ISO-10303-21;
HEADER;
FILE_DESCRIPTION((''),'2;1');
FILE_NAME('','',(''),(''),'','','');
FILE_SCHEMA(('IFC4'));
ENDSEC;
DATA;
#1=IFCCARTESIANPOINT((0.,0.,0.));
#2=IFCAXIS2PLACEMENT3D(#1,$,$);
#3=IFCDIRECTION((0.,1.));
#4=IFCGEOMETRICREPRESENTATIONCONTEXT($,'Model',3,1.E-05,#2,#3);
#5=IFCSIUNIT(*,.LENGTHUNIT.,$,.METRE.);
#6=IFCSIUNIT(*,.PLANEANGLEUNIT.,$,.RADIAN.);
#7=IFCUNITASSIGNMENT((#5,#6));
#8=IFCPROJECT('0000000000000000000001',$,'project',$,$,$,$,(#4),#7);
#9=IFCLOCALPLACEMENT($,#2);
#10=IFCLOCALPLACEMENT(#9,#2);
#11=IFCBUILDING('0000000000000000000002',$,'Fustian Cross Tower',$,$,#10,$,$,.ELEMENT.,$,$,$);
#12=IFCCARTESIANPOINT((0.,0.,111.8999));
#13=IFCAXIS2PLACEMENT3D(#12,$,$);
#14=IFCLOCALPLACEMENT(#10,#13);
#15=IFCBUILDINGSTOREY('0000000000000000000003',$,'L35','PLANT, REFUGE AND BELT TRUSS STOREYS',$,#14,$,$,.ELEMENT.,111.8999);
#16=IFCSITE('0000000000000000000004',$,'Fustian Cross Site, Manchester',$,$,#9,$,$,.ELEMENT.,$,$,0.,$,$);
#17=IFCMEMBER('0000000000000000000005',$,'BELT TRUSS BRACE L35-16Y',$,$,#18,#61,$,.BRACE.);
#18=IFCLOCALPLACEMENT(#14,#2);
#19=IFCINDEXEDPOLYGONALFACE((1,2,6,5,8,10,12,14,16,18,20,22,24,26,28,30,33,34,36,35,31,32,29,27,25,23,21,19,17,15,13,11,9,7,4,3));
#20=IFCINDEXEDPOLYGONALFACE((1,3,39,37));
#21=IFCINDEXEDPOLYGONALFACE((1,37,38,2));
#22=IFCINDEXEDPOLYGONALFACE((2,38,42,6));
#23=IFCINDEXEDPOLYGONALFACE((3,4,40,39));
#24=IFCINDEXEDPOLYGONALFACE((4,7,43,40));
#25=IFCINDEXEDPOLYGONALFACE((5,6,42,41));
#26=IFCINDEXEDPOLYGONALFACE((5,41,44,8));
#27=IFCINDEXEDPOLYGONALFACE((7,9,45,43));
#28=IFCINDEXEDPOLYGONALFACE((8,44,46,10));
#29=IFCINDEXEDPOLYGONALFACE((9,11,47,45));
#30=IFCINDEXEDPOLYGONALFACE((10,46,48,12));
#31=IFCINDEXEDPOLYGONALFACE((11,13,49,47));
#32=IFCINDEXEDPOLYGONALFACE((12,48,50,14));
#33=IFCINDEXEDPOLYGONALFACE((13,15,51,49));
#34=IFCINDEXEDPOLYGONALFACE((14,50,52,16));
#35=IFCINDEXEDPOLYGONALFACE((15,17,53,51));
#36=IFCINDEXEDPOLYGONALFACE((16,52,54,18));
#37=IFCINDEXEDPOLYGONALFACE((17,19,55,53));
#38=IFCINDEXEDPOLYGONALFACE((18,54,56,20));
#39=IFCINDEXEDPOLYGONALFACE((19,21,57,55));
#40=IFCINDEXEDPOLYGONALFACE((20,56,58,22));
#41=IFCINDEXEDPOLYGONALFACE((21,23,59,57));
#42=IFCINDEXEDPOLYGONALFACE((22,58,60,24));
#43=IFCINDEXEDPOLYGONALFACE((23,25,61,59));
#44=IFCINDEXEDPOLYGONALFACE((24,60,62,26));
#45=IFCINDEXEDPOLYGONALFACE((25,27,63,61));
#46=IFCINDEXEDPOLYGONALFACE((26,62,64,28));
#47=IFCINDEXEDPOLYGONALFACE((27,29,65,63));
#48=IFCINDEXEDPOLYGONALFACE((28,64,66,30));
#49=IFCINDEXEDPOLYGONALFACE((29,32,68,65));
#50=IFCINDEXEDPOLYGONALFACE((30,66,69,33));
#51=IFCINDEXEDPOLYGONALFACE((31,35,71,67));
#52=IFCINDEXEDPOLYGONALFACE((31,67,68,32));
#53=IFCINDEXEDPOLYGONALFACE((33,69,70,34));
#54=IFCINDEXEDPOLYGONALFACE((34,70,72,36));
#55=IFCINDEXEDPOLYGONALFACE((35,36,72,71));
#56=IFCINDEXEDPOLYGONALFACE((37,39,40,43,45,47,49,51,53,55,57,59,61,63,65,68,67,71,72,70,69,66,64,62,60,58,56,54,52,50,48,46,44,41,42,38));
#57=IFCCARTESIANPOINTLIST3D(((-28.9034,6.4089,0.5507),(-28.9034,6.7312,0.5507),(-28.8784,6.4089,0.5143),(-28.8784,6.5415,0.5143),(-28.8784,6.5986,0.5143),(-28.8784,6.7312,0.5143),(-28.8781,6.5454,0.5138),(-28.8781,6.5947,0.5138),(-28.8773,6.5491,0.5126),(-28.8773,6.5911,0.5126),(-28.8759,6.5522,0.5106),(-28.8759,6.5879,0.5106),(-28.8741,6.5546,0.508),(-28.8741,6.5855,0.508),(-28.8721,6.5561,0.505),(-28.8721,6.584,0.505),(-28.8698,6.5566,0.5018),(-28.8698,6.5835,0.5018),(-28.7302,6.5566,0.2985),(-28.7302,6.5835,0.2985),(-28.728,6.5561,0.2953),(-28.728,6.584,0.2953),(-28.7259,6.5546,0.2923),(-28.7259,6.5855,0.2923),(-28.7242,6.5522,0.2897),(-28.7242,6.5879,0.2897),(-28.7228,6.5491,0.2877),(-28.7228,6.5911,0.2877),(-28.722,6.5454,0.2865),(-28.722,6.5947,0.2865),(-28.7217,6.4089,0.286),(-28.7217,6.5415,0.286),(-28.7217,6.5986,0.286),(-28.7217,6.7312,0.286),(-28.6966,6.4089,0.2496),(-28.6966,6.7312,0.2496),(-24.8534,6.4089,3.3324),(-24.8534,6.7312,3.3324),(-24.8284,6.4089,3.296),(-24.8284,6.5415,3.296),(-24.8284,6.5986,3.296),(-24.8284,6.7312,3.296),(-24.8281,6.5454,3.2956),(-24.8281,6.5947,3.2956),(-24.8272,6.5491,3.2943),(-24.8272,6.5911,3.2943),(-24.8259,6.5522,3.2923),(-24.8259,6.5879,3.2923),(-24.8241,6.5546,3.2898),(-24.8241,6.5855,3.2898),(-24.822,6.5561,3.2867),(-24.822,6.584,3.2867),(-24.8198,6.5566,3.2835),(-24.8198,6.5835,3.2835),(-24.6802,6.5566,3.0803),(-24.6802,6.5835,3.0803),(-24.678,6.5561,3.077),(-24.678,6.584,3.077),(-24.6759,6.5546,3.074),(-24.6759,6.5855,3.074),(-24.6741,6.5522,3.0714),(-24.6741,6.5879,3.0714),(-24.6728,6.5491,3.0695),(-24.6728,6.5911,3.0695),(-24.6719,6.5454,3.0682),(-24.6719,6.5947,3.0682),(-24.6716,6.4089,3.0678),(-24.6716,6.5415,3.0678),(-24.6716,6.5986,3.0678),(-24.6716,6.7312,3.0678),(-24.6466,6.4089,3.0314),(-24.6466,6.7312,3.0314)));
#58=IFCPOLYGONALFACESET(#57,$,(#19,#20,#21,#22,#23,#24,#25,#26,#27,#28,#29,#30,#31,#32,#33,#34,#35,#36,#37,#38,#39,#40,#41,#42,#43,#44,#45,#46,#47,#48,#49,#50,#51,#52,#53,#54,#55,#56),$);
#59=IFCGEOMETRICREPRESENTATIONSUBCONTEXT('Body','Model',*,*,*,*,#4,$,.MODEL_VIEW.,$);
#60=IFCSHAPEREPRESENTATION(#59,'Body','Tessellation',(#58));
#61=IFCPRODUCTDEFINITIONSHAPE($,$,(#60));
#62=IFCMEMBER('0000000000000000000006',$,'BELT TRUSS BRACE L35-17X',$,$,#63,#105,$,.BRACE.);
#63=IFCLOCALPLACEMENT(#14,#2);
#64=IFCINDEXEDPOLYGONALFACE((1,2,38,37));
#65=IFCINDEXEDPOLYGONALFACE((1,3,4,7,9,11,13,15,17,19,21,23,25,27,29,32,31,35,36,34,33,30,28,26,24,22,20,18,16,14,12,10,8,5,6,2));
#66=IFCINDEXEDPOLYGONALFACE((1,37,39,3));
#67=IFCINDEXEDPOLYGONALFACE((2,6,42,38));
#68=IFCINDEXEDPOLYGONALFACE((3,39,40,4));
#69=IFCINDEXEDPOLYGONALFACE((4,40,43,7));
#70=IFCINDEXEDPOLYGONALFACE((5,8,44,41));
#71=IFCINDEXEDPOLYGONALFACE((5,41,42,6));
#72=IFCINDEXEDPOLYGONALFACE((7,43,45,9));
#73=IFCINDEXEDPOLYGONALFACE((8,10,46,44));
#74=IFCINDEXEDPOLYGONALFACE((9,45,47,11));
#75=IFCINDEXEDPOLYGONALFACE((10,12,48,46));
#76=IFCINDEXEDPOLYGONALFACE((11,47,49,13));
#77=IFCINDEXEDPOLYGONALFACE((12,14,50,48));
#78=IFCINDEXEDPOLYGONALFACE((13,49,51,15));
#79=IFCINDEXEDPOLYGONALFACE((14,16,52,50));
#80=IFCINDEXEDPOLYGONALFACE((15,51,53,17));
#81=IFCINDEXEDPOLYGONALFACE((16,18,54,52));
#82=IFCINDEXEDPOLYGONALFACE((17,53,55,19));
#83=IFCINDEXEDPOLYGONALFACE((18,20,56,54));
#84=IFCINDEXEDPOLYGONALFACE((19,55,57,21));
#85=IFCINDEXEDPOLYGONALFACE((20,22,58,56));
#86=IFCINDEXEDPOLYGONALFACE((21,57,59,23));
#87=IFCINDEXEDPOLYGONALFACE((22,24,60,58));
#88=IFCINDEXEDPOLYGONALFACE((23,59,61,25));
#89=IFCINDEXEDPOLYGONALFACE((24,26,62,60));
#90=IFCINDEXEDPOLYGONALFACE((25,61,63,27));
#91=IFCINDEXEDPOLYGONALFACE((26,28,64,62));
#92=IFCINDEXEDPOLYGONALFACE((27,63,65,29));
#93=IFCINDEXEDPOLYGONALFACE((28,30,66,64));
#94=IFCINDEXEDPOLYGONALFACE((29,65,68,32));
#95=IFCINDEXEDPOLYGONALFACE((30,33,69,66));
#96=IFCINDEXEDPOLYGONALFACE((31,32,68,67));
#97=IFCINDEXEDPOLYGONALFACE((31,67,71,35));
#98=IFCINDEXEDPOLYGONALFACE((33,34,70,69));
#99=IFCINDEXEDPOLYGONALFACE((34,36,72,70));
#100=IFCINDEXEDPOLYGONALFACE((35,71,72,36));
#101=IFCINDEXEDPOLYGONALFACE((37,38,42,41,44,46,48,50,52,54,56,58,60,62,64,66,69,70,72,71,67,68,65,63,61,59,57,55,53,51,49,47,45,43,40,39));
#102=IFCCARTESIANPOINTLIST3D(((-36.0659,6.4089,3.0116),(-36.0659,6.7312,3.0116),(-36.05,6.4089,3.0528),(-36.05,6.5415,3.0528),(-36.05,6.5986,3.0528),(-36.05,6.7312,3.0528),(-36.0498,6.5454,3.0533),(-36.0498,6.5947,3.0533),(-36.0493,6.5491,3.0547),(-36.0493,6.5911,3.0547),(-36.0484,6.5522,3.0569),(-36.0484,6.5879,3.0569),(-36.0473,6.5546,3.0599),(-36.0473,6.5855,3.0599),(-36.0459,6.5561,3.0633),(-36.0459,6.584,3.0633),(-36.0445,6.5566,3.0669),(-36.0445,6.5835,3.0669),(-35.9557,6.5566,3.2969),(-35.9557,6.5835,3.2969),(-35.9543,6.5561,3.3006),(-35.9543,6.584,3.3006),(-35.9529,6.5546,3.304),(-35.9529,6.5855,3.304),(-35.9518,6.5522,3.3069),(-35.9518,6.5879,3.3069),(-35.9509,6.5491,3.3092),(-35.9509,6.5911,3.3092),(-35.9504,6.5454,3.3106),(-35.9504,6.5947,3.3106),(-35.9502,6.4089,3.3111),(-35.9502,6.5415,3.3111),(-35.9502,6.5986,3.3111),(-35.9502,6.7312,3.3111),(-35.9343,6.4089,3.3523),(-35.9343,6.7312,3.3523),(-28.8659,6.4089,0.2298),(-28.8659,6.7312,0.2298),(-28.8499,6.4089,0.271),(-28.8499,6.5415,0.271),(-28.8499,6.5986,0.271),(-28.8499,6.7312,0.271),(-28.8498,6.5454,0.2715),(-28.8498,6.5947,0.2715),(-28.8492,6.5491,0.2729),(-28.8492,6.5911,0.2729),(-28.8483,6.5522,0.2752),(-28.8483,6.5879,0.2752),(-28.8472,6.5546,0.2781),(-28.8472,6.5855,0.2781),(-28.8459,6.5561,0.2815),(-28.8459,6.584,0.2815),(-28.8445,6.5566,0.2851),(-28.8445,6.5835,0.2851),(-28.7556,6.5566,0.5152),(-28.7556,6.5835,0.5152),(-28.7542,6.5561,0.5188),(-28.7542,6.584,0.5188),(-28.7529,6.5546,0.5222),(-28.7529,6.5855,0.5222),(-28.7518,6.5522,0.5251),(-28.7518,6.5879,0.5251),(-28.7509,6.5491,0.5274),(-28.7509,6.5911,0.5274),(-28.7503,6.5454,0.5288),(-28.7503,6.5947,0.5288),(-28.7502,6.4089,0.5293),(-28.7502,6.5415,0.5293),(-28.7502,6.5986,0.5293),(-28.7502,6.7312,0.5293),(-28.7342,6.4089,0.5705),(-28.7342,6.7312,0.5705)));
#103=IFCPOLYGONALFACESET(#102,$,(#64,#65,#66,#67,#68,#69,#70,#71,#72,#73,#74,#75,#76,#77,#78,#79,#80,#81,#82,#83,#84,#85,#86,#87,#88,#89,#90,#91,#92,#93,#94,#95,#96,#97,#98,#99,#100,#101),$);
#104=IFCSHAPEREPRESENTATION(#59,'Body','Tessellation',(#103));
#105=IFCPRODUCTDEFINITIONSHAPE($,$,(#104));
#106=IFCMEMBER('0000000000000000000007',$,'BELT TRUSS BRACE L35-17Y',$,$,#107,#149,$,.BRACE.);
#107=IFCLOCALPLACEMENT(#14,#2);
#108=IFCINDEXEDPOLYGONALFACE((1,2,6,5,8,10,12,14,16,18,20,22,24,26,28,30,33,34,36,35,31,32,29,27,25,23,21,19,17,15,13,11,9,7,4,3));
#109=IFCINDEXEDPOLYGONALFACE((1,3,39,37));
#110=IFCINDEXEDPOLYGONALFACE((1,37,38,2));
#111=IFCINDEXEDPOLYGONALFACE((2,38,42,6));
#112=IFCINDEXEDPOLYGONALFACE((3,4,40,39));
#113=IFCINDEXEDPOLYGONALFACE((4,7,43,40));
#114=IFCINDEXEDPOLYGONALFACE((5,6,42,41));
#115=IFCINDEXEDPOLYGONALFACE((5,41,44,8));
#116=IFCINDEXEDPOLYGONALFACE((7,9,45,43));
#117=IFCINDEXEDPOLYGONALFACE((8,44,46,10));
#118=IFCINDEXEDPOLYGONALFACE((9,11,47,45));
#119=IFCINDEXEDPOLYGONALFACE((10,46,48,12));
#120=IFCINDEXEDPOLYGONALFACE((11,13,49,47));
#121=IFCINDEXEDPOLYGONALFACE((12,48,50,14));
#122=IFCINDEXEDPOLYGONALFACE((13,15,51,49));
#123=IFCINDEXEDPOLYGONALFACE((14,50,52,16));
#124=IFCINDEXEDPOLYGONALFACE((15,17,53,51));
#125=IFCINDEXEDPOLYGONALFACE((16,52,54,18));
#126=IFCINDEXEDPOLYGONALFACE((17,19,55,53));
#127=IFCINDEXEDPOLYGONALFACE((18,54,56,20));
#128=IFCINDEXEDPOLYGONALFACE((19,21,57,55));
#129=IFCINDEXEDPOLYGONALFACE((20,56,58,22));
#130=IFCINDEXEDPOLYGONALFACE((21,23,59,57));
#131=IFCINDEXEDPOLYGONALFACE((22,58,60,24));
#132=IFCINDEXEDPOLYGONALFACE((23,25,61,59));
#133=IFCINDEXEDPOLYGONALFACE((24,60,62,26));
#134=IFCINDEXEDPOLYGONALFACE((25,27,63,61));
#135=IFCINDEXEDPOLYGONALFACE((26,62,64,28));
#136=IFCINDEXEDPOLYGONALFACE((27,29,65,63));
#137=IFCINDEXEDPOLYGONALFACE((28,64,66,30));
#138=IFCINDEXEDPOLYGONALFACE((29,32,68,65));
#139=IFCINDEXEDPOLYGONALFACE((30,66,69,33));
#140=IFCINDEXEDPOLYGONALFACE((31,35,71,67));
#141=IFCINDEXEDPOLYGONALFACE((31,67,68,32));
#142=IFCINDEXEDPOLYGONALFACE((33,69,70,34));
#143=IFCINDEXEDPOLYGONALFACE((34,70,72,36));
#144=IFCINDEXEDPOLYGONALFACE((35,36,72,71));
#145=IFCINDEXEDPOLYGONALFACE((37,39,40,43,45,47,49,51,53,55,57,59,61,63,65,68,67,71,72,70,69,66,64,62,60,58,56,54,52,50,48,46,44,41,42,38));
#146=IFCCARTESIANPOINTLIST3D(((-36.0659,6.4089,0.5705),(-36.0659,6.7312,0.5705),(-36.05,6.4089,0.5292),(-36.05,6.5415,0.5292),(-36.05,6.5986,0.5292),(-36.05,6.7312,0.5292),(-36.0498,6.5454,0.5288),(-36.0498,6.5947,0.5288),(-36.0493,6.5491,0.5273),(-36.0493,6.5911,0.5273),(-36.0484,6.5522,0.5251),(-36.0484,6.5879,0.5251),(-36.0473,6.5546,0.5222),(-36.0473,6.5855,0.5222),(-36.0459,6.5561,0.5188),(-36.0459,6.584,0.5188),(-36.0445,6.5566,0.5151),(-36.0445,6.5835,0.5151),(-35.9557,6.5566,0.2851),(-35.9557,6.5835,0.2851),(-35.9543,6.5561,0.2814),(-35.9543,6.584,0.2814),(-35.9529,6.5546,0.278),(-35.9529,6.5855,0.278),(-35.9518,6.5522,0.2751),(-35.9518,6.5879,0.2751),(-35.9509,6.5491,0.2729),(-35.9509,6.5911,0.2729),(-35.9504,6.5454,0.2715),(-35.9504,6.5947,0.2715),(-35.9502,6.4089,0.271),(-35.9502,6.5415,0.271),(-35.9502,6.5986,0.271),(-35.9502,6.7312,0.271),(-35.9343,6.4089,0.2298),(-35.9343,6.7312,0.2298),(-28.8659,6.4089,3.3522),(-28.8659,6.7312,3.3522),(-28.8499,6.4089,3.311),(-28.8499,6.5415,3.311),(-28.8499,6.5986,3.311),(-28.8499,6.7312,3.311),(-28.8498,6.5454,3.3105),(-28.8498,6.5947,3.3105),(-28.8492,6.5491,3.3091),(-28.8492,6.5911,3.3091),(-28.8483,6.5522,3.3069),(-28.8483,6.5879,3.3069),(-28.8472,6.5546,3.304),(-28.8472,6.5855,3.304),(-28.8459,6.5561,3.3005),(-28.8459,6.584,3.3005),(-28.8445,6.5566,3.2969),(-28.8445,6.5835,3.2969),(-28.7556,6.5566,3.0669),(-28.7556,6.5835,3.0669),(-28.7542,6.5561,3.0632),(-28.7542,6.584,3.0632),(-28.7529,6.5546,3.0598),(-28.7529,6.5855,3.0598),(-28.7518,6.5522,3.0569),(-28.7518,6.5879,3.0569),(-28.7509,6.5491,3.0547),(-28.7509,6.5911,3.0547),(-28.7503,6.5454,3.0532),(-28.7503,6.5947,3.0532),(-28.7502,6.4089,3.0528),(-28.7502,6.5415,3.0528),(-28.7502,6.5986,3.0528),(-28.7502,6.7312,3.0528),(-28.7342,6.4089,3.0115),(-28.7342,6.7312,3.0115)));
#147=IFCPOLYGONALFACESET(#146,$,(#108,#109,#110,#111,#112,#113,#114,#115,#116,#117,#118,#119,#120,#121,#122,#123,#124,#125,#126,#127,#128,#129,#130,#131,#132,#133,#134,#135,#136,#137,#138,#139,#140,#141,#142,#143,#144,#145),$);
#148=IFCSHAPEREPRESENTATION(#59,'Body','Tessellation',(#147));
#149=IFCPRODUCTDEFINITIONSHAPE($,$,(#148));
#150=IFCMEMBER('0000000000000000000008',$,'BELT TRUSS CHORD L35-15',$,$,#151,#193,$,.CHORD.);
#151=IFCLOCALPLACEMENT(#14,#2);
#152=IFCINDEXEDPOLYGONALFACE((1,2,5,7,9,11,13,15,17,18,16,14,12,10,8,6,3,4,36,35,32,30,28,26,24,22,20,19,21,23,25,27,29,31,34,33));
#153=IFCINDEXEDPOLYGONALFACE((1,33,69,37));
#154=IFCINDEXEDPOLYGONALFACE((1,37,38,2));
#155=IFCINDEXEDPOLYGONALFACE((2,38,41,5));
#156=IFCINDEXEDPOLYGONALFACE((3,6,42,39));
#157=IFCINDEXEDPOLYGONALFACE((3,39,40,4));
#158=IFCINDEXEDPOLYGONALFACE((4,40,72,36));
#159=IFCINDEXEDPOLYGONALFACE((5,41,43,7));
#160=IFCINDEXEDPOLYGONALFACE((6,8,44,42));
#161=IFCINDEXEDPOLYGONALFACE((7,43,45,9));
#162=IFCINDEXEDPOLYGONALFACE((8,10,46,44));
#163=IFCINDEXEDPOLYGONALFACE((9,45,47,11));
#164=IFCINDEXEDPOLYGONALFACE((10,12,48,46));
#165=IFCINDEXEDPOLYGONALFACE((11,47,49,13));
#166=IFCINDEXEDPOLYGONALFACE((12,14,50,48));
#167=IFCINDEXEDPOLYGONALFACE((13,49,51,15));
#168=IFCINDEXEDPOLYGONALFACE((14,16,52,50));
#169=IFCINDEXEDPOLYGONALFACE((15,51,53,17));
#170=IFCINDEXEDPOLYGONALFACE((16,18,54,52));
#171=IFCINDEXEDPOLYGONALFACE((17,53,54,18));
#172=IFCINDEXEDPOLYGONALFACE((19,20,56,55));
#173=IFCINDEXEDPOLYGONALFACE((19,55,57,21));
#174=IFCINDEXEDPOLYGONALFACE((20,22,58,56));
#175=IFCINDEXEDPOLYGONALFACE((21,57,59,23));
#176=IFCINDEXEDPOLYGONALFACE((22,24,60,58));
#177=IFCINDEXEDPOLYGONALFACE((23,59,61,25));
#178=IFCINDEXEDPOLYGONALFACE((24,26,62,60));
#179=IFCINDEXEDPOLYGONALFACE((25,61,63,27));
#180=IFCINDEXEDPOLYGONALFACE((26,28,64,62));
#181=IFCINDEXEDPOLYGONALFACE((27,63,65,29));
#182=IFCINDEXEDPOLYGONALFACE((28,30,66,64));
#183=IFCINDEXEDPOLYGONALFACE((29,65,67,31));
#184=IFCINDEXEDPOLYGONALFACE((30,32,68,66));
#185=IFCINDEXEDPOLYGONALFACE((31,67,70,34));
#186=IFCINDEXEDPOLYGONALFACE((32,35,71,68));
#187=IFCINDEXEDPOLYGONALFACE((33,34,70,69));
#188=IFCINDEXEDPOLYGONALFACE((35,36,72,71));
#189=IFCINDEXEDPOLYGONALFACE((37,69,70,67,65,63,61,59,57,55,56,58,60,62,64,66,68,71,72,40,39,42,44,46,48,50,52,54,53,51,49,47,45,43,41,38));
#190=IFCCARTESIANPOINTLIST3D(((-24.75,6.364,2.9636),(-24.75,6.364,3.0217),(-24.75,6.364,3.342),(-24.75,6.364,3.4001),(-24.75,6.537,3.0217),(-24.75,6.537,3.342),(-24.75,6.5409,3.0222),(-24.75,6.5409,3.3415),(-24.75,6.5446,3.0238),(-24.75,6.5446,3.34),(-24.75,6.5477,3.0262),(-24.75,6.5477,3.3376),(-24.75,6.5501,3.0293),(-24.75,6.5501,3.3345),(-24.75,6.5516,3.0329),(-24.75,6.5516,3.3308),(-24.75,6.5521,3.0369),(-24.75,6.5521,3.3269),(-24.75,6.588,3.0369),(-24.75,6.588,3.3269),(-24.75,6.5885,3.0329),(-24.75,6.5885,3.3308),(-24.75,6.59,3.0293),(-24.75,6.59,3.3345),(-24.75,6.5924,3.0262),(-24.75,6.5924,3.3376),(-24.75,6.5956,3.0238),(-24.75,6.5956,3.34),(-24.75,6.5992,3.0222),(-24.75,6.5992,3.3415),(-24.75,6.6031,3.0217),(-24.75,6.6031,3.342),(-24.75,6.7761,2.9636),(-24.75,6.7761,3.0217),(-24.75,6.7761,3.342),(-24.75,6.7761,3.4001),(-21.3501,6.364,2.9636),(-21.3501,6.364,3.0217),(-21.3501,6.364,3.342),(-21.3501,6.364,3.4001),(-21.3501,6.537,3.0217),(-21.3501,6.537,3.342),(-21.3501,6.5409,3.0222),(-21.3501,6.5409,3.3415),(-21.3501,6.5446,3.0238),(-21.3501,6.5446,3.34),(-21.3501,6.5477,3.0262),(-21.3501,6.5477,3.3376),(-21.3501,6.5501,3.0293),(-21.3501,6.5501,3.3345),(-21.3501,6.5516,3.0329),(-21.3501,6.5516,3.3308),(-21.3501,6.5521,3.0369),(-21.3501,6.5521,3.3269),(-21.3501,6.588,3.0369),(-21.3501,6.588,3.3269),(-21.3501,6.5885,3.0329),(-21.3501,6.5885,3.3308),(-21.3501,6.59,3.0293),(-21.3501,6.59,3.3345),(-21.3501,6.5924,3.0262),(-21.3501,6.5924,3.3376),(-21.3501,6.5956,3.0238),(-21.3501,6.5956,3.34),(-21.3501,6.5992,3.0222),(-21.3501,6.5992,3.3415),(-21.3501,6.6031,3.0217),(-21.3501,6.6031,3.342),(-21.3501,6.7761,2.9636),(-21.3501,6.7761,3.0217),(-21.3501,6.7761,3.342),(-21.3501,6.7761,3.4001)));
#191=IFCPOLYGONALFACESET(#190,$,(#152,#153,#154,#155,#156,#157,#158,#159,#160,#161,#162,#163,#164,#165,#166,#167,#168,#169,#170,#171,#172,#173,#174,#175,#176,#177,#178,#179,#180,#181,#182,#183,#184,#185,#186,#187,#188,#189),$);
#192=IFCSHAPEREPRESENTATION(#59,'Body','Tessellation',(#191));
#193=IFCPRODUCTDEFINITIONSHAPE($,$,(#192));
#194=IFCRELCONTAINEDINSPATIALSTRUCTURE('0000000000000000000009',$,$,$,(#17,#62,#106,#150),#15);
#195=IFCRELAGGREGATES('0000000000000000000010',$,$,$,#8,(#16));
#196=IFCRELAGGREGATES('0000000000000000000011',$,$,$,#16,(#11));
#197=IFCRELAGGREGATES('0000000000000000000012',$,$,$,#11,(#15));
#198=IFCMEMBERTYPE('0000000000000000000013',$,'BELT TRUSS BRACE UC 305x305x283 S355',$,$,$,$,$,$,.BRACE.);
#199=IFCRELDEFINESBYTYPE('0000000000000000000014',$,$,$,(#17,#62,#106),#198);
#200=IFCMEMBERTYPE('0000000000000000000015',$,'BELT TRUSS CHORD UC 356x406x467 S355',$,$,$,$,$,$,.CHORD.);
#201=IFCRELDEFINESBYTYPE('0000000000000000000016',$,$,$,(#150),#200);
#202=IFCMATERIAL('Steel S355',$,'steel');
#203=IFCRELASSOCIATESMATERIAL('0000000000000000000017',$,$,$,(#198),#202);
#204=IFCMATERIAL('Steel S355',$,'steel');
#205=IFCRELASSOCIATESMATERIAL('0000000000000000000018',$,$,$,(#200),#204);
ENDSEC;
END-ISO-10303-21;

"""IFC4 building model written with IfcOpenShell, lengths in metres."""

from ifc_helpers import new_model, si_unit, direction, frame, origin, origin_2d, place, context, subcontext, project, spatial, i_section, extrude, material, material_profile, profile_set, type_object, element, save


model = new_model("IFC4")

# Units and contexts
model_context = context("Model", 3, precision=1e-05, world=origin(), true_north=direction((0.0, 1.0)))
body_context = subcontext(model_context, "Body", "Model", "MODEL_VIEW")
ifc_project = project(units=[si_unit("LENGTHUNIT", "METRE"), si_unit("PLANEANGLEUNIT", "RADIAN")], contexts=[model_context])

# Site, building, storey
site_placement = place(None, origin())
site = spatial("IfcSite", under=ifc_project, at=site_placement, Name="Fustian Cross Site, Manchester", CompositionType="ELEMENT", RefElevation=0.0)
building_placement = place(site_placement, origin())
building = spatial("IfcBuilding", under=site, at=building_placement, Name="Fustian Cross Tower", CompositionType="ELEMENT")
storey_placement = place(building_placement, frame((0.0, 0.0, 111.8999)))
storey = spatial("IfcBuildingStorey", under=building, at=storey_placement, Name="L35", Description="PLANT, REFUGE AND BELT TRUSS STOREYS", CompositionType="ELEMENT", Elevation=111.8999)

# Members
ifc_material_1 = material(Name="Steel S355", Category="steel")
ifc_material_profile_1 = material_profile(ifc_material_1, i_section(OverallWidth=0.3223, OverallDepth=0.3652, WebThickness=0.0269, FlangeThickness=0.0442, FilletRadius=0.0151, at=origin_2d()), Name="UC 305x305x283")
ifc_profile_set_1 = profile_set([ifc_material_profile_1], Name="Steel S355")
member_type_1 = type_object("IfcMemberType", Name="BELT TRUSS BRACE UC 305x305x283 S355", PredefinedType="BRACE", material=ifc_profile_set_1)
for number, where, z_axis, x_axis, name in (
    (1, (-24.75, 6.5701, 3.1819), (-0.824296, 0.0, -0.56616), (0.0, -1.0, 0.0), "BELT TRUSS BRACE L35-16Y"),
):
    element("IfcMember", number, at=place(storey_placement, frame(where, z_axis=z_axis, x_axis=x_axis)), inside=storey, type_object=member_type_1, Name=name, PredefinedType="BRACE", context=body_context, shape_type="SweptSolid", body=[
        extrude(i_section(OverallWidth=0.3223, OverallDepth=0.3652, WebThickness=0.0269, FlangeThickness=0.0442, FilletRadius=0.0151, at=origin_2d()), origin(), (0.0, 0.0, 1.0), 4.9133),
    ])
for number, where, z_axis, x_axis, name in (
    (2, (-28.8, 6.5701, 0.4001), (-0.932801, 0.0, 0.360392), (0.0, -1.0, 0.0), "BELT TRUSS BRACE L35-17X"),
    (3, (-28.8, 6.5701, 3.1819), (-0.932801, 0.0, -0.360392), (0.0, -1.0, 0.0), "BELT TRUSS BRACE L35-17Y"),
):
    element("IfcMember", number, at=place(storey_placement, frame(where, z_axis=z_axis, x_axis=x_axis)), inside=storey, type_object=member_type_1, Name=name, PredefinedType="BRACE", context=body_context, shape_type="SweptSolid", body=[
        extrude(i_section(OverallWidth=0.3223, OverallDepth=0.3652, WebThickness=0.0269, FlangeThickness=0.0442, FilletRadius=0.0151, at=origin_2d()), origin(), (0.0, 0.0, 1.0), 7.7188),
    ])
ifc_material_2 = material(Name="Steel S355", Category="steel")
ifc_material_profile_2 = material_profile(ifc_material_2, i_section(OverallWidth=0.4121, OverallDepth=0.4365, WebThickness=0.0359, FlangeThickness=0.0581, FilletRadius=0.0151, at=origin_2d()), Name="UC 356x406x467")
ifc_profile_set_2 = profile_set([ifc_material_profile_2], Name="Steel S355")
member_type_2 = type_object("IfcMemberType", Name="BELT TRUSS CHORD UC 356x406x467 S355", PredefinedType="CHORD", material=ifc_profile_set_2)
for number, where, z_axis, x_axis, name in (
    (4, (-21.3501, 6.5701, 3.1819), (-1.0, 0.0, 0.0), (0.0, -1.0, 0.0), "BELT TRUSS CHORD L35-15"),
):
    element("IfcMember", number, at=place(storey_placement, frame(where, z_axis=z_axis, x_axis=x_axis)), inside=storey, type_object=member_type_2, Name=name, PredefinedType="CHORD", context=body_context, shape_type="SweptSolid", body=[
        extrude(i_section(OverallWidth=0.4121, OverallDepth=0.4365, WebThickness=0.0359, FlangeThickness=0.0581, FilletRadius=0.0151, at=origin_2d()), origin(), (0.0, 0.0, 1.0), 3.3999),
    ])

save(model, "model.ifc")
